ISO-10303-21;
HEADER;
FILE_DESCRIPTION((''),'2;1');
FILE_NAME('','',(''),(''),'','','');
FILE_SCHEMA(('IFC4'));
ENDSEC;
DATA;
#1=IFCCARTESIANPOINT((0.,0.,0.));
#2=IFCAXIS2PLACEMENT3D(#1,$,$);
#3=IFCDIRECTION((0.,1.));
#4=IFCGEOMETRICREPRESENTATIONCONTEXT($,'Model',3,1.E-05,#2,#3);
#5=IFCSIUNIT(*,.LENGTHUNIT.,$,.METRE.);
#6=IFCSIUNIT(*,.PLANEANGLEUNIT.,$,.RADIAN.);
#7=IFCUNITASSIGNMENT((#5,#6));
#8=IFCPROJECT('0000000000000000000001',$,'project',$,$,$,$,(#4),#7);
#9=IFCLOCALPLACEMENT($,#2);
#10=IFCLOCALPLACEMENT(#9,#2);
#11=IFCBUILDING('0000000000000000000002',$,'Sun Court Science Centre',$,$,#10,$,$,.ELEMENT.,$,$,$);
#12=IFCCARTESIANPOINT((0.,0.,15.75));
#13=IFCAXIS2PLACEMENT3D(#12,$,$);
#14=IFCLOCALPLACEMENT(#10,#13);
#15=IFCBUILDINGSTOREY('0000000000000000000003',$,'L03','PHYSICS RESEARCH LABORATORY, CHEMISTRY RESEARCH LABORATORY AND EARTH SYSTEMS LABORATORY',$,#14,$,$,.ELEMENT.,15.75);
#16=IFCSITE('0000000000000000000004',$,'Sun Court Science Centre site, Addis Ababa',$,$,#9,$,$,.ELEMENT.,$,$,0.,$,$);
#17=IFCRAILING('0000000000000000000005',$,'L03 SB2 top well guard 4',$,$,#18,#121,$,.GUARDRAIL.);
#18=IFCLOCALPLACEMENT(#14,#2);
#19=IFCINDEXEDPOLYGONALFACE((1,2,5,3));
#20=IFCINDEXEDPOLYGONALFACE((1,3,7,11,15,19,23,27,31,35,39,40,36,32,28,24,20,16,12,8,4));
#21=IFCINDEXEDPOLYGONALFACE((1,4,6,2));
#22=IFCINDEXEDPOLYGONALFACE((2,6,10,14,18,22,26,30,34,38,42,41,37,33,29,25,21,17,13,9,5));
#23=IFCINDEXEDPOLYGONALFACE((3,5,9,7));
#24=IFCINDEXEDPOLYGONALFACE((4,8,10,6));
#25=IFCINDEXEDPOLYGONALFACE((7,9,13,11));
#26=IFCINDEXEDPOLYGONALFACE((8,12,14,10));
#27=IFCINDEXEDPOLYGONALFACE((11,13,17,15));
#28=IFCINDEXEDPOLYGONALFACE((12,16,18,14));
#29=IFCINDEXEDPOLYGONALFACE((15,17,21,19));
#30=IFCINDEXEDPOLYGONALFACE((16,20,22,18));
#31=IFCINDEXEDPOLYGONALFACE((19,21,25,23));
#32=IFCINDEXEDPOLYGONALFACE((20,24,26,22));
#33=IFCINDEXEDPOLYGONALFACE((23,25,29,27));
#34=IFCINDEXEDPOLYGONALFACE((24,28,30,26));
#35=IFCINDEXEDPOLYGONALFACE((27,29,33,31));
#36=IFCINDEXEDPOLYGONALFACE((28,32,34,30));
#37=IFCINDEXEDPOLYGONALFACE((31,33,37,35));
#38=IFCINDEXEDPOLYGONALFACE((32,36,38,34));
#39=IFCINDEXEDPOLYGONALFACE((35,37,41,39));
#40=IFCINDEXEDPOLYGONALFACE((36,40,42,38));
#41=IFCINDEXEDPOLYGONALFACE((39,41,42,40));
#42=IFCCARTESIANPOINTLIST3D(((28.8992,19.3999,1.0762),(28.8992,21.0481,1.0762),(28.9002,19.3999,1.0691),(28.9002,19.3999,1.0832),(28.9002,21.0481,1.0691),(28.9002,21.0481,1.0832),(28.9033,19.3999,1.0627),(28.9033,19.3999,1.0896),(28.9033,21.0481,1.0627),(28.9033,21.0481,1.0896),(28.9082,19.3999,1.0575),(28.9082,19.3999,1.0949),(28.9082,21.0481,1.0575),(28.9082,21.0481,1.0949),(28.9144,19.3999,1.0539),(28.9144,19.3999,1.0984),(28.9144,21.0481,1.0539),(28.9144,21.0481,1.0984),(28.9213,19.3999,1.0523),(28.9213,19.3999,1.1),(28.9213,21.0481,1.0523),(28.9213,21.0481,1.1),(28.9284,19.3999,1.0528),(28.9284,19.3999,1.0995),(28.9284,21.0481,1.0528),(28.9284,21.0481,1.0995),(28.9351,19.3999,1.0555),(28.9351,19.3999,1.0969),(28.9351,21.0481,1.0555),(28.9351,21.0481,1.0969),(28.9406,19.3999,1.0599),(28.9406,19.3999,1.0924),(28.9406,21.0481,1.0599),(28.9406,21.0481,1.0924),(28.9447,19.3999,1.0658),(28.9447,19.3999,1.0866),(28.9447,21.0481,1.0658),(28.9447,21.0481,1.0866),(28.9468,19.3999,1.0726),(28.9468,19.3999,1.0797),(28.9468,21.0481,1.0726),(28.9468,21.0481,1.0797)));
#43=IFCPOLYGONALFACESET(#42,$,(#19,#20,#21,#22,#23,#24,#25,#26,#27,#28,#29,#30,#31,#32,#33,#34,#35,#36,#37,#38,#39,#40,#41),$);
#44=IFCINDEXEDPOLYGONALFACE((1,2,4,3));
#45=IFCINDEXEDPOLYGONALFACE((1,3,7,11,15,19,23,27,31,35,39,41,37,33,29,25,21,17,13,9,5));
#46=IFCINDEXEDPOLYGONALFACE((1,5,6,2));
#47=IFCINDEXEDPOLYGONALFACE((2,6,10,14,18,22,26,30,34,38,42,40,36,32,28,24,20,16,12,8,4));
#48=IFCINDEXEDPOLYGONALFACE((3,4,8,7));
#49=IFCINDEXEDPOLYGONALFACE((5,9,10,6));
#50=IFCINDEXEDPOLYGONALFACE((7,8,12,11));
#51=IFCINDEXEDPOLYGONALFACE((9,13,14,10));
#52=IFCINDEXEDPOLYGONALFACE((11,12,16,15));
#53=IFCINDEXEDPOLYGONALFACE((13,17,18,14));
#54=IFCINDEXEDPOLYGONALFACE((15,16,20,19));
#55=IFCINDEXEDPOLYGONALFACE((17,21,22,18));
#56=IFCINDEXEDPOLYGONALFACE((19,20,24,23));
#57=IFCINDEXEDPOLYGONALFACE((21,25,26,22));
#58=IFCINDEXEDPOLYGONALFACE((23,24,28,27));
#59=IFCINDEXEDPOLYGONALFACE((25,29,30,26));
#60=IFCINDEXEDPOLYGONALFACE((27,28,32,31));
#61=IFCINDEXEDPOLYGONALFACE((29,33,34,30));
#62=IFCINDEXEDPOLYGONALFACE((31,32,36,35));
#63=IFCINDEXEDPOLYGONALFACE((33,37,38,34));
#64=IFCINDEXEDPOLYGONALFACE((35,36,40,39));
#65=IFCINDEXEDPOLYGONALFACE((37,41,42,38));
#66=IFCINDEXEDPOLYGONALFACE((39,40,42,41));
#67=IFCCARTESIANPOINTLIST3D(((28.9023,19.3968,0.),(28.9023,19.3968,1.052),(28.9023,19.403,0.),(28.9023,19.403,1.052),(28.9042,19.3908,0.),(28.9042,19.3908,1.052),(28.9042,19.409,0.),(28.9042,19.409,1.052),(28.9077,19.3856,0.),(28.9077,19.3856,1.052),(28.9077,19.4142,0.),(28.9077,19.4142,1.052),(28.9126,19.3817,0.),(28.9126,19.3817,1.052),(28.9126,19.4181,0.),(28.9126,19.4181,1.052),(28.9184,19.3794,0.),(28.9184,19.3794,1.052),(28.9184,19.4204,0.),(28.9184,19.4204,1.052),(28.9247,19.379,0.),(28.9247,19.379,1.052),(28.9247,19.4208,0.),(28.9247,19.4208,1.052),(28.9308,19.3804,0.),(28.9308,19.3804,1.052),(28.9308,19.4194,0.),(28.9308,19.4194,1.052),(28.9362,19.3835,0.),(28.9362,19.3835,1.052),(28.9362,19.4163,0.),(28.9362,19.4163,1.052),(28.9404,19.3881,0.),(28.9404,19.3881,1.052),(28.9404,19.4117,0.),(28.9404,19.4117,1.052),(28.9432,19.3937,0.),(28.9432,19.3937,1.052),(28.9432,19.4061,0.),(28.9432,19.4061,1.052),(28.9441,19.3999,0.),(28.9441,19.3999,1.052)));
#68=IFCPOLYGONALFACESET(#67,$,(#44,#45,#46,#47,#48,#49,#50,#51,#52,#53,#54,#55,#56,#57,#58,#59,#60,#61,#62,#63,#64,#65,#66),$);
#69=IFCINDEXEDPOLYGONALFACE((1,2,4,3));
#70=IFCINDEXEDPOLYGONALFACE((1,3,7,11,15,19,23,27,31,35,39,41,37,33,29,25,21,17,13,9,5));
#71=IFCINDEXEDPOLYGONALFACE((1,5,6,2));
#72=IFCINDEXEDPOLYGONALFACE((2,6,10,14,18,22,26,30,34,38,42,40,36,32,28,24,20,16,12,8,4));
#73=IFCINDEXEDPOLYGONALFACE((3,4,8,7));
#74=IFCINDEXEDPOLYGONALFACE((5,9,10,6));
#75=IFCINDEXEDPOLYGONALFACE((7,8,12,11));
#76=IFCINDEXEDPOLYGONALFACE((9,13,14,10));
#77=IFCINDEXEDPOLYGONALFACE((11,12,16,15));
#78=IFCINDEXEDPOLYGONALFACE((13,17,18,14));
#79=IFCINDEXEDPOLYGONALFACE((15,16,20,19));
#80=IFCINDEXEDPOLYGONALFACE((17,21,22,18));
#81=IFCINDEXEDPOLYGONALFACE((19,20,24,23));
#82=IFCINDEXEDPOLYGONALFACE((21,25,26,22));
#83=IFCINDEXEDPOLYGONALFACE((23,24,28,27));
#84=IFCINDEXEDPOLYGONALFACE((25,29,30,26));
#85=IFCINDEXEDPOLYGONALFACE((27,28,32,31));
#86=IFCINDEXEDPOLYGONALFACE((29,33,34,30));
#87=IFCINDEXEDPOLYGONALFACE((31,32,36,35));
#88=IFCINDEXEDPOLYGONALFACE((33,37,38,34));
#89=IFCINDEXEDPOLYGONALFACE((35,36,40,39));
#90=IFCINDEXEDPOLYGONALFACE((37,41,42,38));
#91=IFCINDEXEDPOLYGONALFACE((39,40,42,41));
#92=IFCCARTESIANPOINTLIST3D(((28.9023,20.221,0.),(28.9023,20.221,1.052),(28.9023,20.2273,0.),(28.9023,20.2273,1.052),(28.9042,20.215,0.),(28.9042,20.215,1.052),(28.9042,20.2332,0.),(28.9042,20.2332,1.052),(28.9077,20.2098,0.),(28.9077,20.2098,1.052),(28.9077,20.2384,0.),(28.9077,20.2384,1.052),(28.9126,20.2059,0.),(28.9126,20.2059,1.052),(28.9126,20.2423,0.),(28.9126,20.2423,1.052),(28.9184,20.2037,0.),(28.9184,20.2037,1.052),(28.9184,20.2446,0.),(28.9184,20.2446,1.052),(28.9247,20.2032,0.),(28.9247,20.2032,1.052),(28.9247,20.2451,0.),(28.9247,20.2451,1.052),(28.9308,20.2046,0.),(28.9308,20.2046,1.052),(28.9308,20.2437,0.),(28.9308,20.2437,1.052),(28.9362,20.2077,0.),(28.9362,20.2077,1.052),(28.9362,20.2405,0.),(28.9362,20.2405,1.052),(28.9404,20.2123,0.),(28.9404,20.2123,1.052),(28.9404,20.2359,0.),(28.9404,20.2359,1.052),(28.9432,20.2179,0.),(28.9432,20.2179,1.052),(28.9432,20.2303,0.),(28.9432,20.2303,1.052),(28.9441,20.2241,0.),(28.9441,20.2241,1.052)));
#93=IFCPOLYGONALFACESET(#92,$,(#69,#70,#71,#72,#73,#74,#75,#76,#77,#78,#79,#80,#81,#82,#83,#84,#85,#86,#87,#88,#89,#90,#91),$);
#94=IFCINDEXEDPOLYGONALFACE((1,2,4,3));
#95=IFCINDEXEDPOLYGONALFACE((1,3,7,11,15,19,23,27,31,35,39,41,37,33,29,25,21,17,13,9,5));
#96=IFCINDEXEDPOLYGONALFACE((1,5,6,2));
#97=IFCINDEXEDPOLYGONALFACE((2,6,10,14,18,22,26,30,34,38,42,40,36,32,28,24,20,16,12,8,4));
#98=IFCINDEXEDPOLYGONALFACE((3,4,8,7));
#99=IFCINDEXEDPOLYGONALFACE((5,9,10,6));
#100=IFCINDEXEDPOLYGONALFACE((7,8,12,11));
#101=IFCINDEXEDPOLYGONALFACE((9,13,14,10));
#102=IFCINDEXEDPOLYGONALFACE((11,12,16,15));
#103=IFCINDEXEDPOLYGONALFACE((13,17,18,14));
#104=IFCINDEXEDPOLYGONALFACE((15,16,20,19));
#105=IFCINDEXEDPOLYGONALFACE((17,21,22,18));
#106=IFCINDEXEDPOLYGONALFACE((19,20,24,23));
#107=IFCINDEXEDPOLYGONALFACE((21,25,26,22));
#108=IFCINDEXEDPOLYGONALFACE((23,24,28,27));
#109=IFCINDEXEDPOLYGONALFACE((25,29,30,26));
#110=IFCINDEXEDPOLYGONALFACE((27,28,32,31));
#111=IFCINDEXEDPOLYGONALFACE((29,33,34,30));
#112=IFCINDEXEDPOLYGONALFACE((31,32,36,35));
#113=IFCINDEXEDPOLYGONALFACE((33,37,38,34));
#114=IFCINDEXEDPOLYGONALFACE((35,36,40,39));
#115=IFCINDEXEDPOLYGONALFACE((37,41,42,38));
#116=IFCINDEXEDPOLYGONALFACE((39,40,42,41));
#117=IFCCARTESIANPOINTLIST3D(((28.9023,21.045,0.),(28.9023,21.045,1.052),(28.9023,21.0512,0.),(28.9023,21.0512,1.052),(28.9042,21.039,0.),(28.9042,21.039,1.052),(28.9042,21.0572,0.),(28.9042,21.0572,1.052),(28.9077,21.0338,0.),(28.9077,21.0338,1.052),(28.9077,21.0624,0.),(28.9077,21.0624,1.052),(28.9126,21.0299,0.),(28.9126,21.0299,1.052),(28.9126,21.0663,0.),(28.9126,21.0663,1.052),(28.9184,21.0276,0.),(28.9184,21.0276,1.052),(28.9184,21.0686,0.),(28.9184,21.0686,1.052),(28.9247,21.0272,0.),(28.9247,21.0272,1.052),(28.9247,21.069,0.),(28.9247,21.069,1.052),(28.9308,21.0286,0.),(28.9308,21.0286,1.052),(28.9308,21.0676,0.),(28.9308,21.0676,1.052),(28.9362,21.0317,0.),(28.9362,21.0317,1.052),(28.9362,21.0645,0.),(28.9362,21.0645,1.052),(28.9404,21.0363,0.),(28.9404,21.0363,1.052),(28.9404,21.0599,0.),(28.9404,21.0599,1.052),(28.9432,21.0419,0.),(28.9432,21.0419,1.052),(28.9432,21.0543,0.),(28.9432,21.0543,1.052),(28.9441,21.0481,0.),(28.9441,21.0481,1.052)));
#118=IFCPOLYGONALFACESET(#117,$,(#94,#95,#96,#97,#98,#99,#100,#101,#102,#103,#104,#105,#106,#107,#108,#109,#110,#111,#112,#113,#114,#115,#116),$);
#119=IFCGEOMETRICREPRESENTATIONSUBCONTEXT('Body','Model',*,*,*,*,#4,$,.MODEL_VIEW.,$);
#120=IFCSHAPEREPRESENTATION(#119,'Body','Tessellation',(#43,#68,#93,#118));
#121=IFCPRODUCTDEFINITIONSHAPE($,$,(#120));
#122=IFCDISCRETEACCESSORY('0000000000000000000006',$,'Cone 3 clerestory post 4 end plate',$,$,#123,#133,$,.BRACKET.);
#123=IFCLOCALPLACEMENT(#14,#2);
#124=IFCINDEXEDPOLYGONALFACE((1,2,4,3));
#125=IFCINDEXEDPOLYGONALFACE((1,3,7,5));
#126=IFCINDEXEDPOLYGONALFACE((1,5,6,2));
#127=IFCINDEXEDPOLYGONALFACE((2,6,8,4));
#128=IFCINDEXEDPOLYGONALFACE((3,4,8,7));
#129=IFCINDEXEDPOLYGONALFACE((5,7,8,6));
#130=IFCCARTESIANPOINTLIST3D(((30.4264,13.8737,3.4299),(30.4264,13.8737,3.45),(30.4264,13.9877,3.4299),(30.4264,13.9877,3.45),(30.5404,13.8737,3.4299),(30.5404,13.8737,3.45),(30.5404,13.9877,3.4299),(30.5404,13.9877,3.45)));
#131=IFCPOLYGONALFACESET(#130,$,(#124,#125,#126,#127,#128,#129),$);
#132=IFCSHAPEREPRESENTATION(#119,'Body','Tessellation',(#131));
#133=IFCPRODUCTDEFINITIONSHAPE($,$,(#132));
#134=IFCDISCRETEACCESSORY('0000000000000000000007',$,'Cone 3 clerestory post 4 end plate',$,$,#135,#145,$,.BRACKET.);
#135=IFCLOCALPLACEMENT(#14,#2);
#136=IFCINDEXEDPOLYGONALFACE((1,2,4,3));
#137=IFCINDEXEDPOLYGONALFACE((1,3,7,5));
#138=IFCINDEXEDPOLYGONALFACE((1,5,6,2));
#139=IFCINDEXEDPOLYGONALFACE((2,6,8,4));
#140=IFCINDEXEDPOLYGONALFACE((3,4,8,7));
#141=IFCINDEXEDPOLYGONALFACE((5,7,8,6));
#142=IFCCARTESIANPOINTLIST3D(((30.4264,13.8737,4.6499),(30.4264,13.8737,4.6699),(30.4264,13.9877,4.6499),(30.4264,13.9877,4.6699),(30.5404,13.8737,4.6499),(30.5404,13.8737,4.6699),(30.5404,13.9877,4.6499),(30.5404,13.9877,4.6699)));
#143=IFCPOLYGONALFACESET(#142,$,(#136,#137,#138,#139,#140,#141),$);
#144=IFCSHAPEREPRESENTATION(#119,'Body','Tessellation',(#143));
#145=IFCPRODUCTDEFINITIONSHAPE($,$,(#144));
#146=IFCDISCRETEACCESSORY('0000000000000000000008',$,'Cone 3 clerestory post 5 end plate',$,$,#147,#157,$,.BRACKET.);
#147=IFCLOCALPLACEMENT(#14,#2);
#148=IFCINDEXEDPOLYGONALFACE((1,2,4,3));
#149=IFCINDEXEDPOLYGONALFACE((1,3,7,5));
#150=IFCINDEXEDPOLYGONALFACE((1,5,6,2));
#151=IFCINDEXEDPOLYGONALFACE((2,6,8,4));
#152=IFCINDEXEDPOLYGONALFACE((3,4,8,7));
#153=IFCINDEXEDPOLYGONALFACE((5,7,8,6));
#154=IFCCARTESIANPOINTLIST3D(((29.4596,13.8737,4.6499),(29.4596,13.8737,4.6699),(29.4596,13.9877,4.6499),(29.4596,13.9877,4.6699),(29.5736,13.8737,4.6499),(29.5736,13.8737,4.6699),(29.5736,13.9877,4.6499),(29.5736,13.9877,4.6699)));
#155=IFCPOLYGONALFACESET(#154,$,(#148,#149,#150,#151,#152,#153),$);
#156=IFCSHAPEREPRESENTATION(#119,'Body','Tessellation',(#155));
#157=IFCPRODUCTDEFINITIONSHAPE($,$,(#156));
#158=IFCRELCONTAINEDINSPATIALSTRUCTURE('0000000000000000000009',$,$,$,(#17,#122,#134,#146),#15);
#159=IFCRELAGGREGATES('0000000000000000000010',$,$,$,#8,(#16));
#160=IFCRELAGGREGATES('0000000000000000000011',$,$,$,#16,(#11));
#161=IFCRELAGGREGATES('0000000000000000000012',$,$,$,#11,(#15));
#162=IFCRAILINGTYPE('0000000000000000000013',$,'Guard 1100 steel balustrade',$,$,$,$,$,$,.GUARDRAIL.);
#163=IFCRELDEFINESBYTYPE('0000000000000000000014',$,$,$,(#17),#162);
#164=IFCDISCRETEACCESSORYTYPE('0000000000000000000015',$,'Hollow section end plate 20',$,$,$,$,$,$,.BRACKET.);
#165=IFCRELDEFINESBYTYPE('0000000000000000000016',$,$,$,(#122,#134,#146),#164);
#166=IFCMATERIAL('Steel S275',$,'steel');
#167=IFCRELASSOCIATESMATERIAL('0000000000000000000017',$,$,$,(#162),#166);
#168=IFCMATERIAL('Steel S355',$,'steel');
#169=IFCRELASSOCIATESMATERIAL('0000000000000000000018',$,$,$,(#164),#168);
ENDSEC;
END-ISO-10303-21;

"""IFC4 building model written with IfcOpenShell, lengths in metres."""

from ifc_helpers import new_model, si_unit, direction, frame, origin, origin_2d, place, context, subcontext, project, spatial, rectangle, circle, extrude, material, type_object, element, save


model = new_model("IFC4")

# Units and contexts
model_context = context("Model", 3, precision=1e-05, world=origin(), true_north=direction((0.0, 1.0)))
body_context = subcontext(model_context, "Body", "Model", "MODEL_VIEW")
ifc_project = project(units=[si_unit("LENGTHUNIT", "METRE"), si_unit("PLANEANGLEUNIT", "RADIAN")], contexts=[model_context])

# Site, building, storey
site_placement = place(None, origin())
site = spatial("IfcSite", under=ifc_project, at=site_placement, Name="Sun Court Science Centre site, Addis Ababa", CompositionType="ELEMENT", RefElevation=0.0)
building_placement = place(site_placement, origin())
building = spatial("IfcBuilding", under=site, at=building_placement, Name="Sun Court Science Centre", CompositionType="ELEMENT")
storey_placement = place(building_placement, frame((0.0, 0.0, 15.75)))
storey = spatial("IfcBuildingStorey", under=building, at=storey_placement, Name="L03", Description="PHYSICS RESEARCH LABORATORY, CHEMISTRY RESEARCH LABORATORY AND EARTH SYSTEMS LABORATORY", CompositionType="ELEMENT", Elevation=15.75)

# Railing
ifc_material_1 = material(Name="Steel S275", Category="steel")
railing_type = type_object("IfcRailingType", Name="Guard 1100 steel balustrade", PredefinedType="GUARDRAIL", material=ifc_material_1)
railing_1_placement = place(storey_placement, frame((28.9231, 19.3999, 0.0)))
element("IfcRailing", 1, at=railing_1_placement, inside=storey, type_object=railing_type, Name="L03 SB2 top well guard 4", PredefinedType="GUARDRAIL", context=body_context, shape_type="SweptSolid", body=[
    extrude(circle(Radius=0.0239, at=origin_2d()), frame((0.0, 0.0, 1.0762), z_axis=(0.0, 1.0, 0.0), x_axis=(-1.0, 0.0, 0.0)), (0.0, 0.0, 1.0), 1.6482),
    extrude(circle(Radius=0.021, at=origin_2d()), origin(), (0.0, 0.0, 1.0), 1.052),
    extrude(circle(Radius=0.021, at=origin_2d()), frame((0.0, 0.8242, 0.0)), (0.0, 0.0, 1.0), 1.052),
    extrude(circle(Radius=0.021, at=origin_2d()), frame((0.0, 1.6482, 0.0)), (0.0, 0.0, 1.0), 1.052),
])

# Discrete accessories
ifc_material_2 = material(Name="Steel S355", Category="steel")
discrete_accessory_type = type_object("IfcDiscreteAccessoryType", Name="Hollow section end plate 20", PredefinedType="BRACKET", material=ifc_material_2)
for number, where, z_axis, x_axis, name in (
    (2, (30.4834, 13.9307, 3.4299), (0.0, 0.0, 1.0), (1.0, 0.0, 0.0), "Cone 3 clerestory post 4 end plate"),
    (3, (30.4834, 13.9307, 4.6499), (0.0, 0.0, 1.0), (1.0, 0.0, 0.0), "Cone 3 clerestory post 4 end plate"),
    (4, (29.5166, 13.9307, 4.6499), (0.0, 0.0, 1.0), (1.0, 0.0, 0.0), "Cone 3 clerestory post 5 end plate"),
):
    element("IfcDiscreteAccessory", number, at=place(storey_placement, frame(where, z_axis=z_axis, x_axis=x_axis)), inside=storey, type_object=discrete_accessory_type, Name=name, PredefinedType="BRACKET", context=body_context, shape_type="SweptSolid", body=[
        extrude(rectangle(XDim=0.114, YDim=0.114, at=origin_2d()), origin(), (0.0, 0.0, 1.0), 0.02),
    ])

save(model, "model.ifc")
